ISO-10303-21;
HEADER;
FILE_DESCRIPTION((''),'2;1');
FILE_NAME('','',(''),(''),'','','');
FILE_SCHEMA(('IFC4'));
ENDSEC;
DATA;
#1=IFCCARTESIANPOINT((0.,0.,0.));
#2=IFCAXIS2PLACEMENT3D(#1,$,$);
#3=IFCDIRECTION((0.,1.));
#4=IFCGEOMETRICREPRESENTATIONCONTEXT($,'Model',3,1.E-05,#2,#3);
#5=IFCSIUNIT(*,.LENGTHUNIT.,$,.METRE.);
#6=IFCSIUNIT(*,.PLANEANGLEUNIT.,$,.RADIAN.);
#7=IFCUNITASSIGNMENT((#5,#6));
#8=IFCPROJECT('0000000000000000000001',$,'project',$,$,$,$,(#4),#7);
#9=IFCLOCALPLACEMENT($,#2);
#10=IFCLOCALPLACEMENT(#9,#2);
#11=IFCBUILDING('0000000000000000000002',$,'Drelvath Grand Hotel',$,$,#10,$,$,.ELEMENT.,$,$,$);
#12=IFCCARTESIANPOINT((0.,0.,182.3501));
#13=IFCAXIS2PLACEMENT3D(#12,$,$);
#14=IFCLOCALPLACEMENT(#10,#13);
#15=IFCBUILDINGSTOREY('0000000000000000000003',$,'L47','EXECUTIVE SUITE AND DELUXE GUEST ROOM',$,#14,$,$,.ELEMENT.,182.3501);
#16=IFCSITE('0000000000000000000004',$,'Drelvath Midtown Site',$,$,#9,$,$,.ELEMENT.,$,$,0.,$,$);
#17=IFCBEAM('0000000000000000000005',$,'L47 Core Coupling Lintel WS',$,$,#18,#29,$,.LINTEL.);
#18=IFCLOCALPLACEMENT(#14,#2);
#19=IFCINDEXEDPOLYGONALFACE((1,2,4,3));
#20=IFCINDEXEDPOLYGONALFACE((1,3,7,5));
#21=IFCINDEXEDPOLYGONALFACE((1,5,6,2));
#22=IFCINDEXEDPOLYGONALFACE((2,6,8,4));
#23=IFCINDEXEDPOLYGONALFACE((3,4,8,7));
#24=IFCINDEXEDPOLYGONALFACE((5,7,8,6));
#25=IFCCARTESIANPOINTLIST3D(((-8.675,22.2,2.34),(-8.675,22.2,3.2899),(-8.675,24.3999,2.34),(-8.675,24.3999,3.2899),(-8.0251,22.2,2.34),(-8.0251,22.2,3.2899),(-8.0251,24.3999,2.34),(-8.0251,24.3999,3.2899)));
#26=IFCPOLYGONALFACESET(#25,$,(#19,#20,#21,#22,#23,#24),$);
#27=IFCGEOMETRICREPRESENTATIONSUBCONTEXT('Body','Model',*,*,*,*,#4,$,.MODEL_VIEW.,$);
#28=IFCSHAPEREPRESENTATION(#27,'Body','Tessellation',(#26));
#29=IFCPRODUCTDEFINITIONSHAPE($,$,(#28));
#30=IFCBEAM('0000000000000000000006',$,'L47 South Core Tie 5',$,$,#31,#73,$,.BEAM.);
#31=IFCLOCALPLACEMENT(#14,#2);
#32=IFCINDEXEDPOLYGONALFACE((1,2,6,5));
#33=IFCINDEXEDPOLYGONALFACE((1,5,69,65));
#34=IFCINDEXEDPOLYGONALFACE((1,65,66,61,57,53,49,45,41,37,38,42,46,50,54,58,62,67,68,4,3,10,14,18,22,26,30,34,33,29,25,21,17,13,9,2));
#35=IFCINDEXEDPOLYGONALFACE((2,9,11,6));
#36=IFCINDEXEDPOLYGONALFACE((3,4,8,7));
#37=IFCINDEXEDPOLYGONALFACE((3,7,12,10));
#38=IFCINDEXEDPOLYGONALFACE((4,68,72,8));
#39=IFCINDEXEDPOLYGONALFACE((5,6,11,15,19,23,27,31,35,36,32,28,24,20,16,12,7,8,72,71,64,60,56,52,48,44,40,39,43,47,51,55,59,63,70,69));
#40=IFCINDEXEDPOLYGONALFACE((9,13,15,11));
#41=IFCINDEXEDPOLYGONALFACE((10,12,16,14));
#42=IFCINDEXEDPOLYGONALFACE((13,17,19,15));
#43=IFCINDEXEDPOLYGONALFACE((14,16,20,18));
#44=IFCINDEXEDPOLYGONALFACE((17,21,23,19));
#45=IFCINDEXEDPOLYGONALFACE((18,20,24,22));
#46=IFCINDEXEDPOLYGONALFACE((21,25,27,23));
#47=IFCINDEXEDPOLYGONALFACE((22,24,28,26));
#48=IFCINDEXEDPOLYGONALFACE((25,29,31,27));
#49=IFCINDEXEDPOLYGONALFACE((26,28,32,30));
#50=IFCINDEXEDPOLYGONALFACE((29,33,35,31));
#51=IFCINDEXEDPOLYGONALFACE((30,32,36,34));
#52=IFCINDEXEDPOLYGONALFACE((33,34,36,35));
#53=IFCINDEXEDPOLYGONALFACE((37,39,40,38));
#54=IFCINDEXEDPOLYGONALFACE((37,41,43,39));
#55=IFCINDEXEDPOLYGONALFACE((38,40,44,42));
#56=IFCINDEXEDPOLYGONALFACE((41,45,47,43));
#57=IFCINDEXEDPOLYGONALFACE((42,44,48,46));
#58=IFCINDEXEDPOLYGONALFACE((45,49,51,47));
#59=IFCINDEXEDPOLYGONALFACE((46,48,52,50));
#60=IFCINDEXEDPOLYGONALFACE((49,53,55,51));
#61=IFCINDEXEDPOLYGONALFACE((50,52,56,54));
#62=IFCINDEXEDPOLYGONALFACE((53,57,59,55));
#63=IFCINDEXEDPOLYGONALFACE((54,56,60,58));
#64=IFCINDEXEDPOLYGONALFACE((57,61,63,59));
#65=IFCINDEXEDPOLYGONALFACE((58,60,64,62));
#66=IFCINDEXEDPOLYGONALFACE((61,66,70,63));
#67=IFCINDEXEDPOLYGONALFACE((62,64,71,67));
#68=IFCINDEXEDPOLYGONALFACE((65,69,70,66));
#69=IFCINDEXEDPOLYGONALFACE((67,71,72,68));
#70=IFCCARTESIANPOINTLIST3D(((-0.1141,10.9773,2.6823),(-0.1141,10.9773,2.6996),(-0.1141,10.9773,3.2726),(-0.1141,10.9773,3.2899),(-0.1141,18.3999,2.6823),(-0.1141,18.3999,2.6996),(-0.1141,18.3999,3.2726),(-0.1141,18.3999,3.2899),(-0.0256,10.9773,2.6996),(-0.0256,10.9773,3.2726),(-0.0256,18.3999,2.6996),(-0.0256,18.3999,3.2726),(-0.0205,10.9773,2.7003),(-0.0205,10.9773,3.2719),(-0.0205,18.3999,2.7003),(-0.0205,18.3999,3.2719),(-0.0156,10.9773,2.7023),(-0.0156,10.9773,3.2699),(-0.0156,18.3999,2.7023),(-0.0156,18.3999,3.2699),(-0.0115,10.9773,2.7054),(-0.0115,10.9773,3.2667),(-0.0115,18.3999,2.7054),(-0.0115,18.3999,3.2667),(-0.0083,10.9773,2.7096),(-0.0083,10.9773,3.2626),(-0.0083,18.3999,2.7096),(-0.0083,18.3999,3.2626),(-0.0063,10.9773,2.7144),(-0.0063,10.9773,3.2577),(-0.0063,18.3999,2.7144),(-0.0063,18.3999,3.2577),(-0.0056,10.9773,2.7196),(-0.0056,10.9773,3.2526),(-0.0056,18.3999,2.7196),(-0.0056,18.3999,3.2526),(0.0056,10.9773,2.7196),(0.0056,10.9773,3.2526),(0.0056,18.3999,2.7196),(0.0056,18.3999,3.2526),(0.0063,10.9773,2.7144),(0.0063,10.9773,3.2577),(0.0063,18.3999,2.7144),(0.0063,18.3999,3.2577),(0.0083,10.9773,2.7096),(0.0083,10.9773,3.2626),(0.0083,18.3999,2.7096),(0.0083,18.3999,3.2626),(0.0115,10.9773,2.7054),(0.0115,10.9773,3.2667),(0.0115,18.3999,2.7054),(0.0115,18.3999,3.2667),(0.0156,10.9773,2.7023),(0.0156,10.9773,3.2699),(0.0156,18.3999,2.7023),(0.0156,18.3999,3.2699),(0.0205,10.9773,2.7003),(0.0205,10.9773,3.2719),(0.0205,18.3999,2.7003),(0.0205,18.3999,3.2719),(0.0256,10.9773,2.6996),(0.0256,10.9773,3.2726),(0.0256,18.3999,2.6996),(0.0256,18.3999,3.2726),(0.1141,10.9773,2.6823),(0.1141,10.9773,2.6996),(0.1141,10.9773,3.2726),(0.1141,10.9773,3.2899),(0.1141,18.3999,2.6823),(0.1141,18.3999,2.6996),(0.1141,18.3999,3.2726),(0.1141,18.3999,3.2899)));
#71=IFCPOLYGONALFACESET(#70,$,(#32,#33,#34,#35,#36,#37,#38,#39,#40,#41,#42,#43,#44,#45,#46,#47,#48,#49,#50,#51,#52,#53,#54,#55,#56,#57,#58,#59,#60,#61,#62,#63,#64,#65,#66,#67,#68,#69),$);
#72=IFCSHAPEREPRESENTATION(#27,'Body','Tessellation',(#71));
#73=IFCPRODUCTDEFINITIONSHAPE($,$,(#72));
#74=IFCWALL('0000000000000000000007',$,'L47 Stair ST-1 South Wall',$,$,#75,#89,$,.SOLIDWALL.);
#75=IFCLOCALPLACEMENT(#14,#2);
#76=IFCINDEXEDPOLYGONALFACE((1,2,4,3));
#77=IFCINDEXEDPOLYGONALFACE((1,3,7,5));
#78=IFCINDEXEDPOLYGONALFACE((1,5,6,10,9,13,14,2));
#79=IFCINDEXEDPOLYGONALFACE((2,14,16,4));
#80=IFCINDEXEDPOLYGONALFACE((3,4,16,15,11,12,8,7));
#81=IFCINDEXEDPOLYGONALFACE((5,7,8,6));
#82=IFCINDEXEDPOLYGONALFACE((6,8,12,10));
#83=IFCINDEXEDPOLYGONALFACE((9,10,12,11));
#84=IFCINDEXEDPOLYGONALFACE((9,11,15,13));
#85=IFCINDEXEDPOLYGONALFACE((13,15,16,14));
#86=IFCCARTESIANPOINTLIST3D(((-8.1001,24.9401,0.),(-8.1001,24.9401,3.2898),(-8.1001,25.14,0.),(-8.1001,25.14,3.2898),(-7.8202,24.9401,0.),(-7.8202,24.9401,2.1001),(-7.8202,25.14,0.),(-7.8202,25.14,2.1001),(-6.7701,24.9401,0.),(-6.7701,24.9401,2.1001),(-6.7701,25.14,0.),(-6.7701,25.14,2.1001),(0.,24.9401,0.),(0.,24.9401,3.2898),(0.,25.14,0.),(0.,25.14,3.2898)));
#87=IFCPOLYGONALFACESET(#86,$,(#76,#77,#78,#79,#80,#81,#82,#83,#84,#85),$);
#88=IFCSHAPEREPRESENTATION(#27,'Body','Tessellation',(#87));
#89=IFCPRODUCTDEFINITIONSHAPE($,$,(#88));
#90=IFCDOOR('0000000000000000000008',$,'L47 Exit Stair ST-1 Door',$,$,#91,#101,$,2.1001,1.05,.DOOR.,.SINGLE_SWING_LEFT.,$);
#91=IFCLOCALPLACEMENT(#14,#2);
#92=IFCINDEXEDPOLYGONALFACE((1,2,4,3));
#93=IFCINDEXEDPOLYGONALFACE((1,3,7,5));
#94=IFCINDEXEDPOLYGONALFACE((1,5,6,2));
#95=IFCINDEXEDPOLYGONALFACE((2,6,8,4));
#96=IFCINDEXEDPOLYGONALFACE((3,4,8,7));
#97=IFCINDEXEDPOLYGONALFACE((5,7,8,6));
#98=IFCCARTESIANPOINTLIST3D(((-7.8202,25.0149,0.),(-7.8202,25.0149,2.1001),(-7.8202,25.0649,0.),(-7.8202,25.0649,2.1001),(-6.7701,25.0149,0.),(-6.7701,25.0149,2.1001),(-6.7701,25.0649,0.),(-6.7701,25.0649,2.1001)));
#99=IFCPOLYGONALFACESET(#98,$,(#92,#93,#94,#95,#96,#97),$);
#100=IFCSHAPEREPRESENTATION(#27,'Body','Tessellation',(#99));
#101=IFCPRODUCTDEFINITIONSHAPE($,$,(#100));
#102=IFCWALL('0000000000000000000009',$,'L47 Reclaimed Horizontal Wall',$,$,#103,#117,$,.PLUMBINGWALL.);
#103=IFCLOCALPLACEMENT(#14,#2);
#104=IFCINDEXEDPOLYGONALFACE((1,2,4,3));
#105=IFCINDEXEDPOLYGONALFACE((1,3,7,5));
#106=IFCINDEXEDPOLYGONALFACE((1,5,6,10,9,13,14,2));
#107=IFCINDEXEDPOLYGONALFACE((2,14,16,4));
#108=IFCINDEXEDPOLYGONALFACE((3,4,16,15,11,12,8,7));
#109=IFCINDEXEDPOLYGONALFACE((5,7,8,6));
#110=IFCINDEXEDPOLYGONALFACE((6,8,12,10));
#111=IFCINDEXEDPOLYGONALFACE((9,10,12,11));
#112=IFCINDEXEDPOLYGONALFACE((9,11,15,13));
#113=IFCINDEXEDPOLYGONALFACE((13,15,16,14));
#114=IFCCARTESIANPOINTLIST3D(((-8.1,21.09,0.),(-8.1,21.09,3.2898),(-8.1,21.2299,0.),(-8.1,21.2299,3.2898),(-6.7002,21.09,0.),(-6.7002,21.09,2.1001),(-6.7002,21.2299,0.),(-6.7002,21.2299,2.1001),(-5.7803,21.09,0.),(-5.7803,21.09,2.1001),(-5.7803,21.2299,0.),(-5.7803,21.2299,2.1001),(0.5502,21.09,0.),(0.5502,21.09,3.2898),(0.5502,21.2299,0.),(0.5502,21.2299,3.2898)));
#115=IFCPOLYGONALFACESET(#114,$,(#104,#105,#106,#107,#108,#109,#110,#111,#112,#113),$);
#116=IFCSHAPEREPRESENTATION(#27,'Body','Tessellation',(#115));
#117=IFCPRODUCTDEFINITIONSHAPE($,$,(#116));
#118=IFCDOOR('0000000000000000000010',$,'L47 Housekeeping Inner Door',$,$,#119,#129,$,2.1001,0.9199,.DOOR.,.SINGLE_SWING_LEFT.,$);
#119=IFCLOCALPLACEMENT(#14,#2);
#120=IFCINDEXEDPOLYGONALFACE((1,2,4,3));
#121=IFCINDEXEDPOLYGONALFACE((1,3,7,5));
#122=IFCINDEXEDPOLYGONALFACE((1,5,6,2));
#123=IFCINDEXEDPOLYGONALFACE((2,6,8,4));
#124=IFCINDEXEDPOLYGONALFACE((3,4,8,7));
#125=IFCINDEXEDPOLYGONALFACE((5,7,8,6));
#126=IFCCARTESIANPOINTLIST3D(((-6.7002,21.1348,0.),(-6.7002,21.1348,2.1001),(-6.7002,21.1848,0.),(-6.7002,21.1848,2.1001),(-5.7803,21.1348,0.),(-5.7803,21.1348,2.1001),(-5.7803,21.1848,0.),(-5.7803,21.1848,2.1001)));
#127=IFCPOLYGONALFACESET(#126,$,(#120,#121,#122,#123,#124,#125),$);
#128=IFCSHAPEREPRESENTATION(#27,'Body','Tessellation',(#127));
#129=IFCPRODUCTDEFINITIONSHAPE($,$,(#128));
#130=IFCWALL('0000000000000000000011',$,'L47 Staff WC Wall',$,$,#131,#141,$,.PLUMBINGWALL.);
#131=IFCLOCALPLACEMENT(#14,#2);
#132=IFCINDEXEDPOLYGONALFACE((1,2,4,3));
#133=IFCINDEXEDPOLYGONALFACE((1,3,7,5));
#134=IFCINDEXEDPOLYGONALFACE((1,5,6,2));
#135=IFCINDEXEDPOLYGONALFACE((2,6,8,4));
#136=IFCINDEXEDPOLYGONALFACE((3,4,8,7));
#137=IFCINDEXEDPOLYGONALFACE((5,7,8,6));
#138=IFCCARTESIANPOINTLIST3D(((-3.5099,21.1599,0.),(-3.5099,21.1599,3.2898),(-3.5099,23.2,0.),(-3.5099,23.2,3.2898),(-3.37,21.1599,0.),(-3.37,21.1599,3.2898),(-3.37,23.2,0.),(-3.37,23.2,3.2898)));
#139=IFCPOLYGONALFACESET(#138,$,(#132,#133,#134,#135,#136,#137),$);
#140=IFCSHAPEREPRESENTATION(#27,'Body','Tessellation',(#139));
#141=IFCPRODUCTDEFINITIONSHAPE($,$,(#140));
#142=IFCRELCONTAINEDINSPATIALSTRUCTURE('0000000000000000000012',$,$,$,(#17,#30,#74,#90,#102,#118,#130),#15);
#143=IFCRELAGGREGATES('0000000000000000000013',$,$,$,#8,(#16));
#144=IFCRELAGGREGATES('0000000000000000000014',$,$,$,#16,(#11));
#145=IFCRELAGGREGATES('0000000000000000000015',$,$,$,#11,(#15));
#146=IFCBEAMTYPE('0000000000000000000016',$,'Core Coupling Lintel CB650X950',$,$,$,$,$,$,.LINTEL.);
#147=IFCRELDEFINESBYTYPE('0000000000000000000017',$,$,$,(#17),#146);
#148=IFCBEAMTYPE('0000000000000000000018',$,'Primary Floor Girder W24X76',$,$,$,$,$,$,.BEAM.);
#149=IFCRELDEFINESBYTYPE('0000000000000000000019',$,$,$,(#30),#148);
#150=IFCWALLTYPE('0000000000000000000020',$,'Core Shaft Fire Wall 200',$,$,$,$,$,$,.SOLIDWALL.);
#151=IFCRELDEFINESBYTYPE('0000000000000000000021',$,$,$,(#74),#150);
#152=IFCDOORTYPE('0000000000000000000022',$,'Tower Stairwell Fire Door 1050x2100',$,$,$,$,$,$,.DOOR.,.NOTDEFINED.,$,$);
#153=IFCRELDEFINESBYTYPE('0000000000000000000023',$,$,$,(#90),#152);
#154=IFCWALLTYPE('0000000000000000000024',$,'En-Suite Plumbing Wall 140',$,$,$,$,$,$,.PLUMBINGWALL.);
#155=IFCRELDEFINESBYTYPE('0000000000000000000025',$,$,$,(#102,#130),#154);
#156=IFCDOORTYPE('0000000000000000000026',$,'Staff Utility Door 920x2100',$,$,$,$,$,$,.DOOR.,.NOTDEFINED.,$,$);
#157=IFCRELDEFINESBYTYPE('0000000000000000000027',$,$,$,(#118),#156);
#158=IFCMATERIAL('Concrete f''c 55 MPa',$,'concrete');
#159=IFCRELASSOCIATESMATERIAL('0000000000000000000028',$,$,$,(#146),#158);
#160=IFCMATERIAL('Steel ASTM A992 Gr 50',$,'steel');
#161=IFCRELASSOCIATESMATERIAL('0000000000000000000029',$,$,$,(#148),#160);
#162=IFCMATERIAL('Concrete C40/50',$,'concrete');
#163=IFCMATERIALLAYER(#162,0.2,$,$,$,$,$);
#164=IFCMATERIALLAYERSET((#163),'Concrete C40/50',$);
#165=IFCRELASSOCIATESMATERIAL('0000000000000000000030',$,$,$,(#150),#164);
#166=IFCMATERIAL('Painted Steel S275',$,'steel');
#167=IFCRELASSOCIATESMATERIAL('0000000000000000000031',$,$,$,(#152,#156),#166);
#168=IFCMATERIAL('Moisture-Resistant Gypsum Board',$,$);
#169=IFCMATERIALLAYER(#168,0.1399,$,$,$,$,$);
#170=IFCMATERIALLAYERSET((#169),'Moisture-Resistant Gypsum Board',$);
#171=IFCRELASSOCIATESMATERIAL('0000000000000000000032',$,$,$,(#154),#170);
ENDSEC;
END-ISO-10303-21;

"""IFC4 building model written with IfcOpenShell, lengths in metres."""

from ifc_helpers import new_model, si_unit, direction, frame, frame_2d, origin, origin_2d, place, context, subcontext, project, spatial, rectangle, i_section, extrude, material, layer, layer_set, material_profile, profile_set, type_object, element, fill, save


model = new_model("IFC4")

# Units and contexts
model_context = context("Model", 3, precision=1e-05, world=origin(), true_north=direction((0.0, 1.0)))
body_context = subcontext(model_context, "Body", "Model", "MODEL_VIEW")
ifc_project = project(units=[si_unit("LENGTHUNIT", "METRE"), si_unit("PLANEANGLEUNIT", "RADIAN")], contexts=[model_context])

# Site, building, storey
site_placement = place(None, origin())
site = spatial("IfcSite", under=ifc_project, at=site_placement, Name="Drelvath Midtown Site", CompositionType="ELEMENT", RefElevation=0.0)
building_placement = place(site_placement, origin())
building = spatial("IfcBuilding", under=site, at=building_placement, Name="Drelvath Grand Hotel", CompositionType="ELEMENT")
storey_placement = place(building_placement, frame((0.0, 0.0, 182.3501)))
storey = spatial("IfcBuildingStorey", under=building, at=storey_placement, Name="L47", Description="EXECUTIVE SUITE AND DELUXE GUEST ROOM", CompositionType="ELEMENT", Elevation=182.3501)

# Beams
ifc_material_1 = material(Name="Concrete f'c 55 MPa", Category="concrete")
ifc_material_profile_1 = material_profile(ifc_material_1, rectangle(XDim=0.6499, YDim=0.95, at=origin_2d()), Name="CB650X950")
ifc_profile_set_1 = profile_set([ifc_material_profile_1], Name="Concrete f'c 55 MPa")
beam_type_1 = type_object("IfcBeamType", Name="Core Coupling Lintel CB650X950", PredefinedType="LINTEL", material=ifc_profile_set_1)
beam_1_placement = place(storey_placement, frame((-8.3501, 22.2, 2.8149), z_axis=(0.0, 1.0, 0.0), x_axis=(-1.0, 0.0, 0.0)))
element("IfcBeam", 1, at=beam_1_placement, inside=storey, type_object=beam_type_1, Name="L47 Core Coupling Lintel WS", PredefinedType="LINTEL", context=body_context, shape_type="SweptSolid", body=[
    extrude(rectangle(XDim=0.6499, YDim=0.95, at=origin_2d()), origin(), (0.0, 0.0, 1.0), 2.2),
])
ifc_material_2 = material(Name="Steel ASTM A992 Gr 50", Category="steel")
ifc_material_profile_2 = material_profile(ifc_material_2, i_section(OverallWidth=0.2283, OverallDepth=0.6077, WebThickness=0.0112, FlangeThickness=0.0173, FilletRadius=0.02, at=origin_2d()), Name="W24X76")
ifc_profile_set_2 = profile_set([ifc_material_profile_2], Name="Steel ASTM A992 Gr 50")
beam_type_2 = type_object("IfcBeamType", Name="Primary Floor Girder W24X76", PredefinedType="BEAM", material=ifc_profile_set_2)
beam_2_placement = place(storey_placement, frame((0.0, 10.9773, 2.9861), z_axis=(0.0, 1.0, 0.0), x_axis=(-1.0, 0.0, 0.0)))
element("IfcBeam", 2, at=beam_2_placement, inside=storey, type_object=beam_type_2, Name="L47 South Core Tie 5", PredefinedType="BEAM", context=body_context, shape_type="SweptSolid", body=[
    extrude(i_section(OverallWidth=0.2283, OverallDepth=0.6077, WebThickness=0.0112, FlangeThickness=0.0173, FilletRadius=0.02, at=origin_2d()), origin(), (0.0, 0.0, 1.0), 7.4226),
])

# Walls, openings, doors
ifc_material_3 = material(Name="Concrete C40/50", Category="concrete")
ifc_layer_1 = layer(ifc_material_3, 0.2)
ifc_layer_set_1 = layer_set([ifc_layer_1], Name="Concrete C40/50")
wall_type_1 = type_object("IfcWallType", Name="Core Shaft Fire Wall 200", PredefinedType="SOLIDWALL", material=ifc_layer_set_1)
wall_1_placement = place(storey_placement, frame((-8.1001, 25.04, 0.0), z_axis=(0.0, 0.0, 1.0), x_axis=(1.0, 0.0, 0.0)))
wall_1 = element("IfcWall", 3, at=wall_1_placement, inside=storey, type_object=wall_type_1, Name="L47 Stair ST-1 South Wall", PredefinedType="SOLIDWALL", context=body_context, shape_type="SweptSolid", body=[
    extrude(rectangle(XDim=8.1001, YDim=0.2, at=frame_2d((4.05, 0.0))), origin(), (0.0, 0.0, 1.0), 3.2898),
])
opening_1_placement = place(wall_1_placement, frame((0.28, 0.0, 0.0)))
opening_1 = element("IfcOpeningElement", 4, at=opening_1_placement, cuts=wall_1, PredefinedType="OPENING", context=body_context, shape_type="SweptSolid", body=[
    extrude(rectangle(XDim=1.05, YDim=2.1001, at=frame_2d((0.5249, 1.05))), frame((0.0, 0.1099, 0.0), z_axis=(0.0, -1.0, 0.0), x_axis=(1.0, 0.0, 0.0)), (0.0, 0.0, 1.0), 0.22),
])
ifc_material_4 = material(Name="Painted Steel S275", Category="steel")
door_type_1 = type_object("IfcDoorType", Name="Tower Stairwell Fire Door 1050x2100", OperationType="NOTDEFINED", PredefinedType="DOOR", material=ifc_material_4)
door_1_placement = place(opening_1_placement, origin())
door_1 = element("IfcDoor", 5, at=door_1_placement, inside=storey, type_object=door_type_1, Name="L47 Exit Stair ST-1 Door", OperationType="SINGLE_SWING_LEFT", OverallHeight=2.1001, OverallWidth=1.05, PredefinedType="DOOR", context=body_context, shape_type="SweptSolid", body=[
    extrude(rectangle(XDim=1.05, YDim=2.1001, at=frame_2d((0.5249, 1.05))), frame((0.0, 0.0249, 0.0), z_axis=(0.0, -1.0, 0.0), x_axis=(1.0, 0.0, 0.0)), (0.0, 0.0, 1.0), 0.05),
])
fill(opening_1, door_1)
ifc_material_5 = material(Name="Moisture-Resistant Gypsum Board")
ifc_layer_2 = layer(ifc_material_5, 0.1399)
ifc_layer_set_2 = layer_set([ifc_layer_2], Name="Moisture-Resistant Gypsum Board")
wall_type_2 = type_object("IfcWallType", Name="En-Suite Plumbing Wall 140", PredefinedType="PLUMBINGWALL", material=ifc_layer_set_2)
wall_2_placement = place(storey_placement, frame((-8.1001, 21.1599, 0.0), z_axis=(0.0, 0.0, 1.0), x_axis=(1.0, 0.0, 0.0)))
wall_2 = element("IfcWall", 6, at=wall_2_placement, inside=storey, type_object=wall_type_2, Name="L47 Reclaimed Horizontal Wall", PredefinedType="PLUMBINGWALL", context=body_context, shape_type="SweptSolid", body=[
    extrude(rectangle(XDim=8.6501, YDim=0.1399, at=frame_2d((4.3252, 0.0))), origin(), (0.0, 0.0, 1.0), 3.2898),
])
opening_2_placement = place(wall_2_placement, frame((1.3999, 0.0, 0.0)))
opening_2 = element("IfcOpeningElement", 7, at=opening_2_placement, cuts=wall_2, PredefinedType="OPENING", context=body_context, shape_type="SweptSolid", body=[
    extrude(rectangle(XDim=0.9199, YDim=2.1001, at=frame_2d((0.46, 1.05))), frame((0.0, 0.0798, 0.0), z_axis=(0.0, -1.0, 0.0), x_axis=(1.0, 0.0, 0.0)), (0.0, 0.0, 1.0), 0.1599),
])
door_type_2 = type_object("IfcDoorType", Name="Staff Utility Door 920x2100", OperationType="NOTDEFINED", PredefinedType="DOOR", material=ifc_material_4)
door_2_placement = place(opening_2_placement, origin())
door_2 = element("IfcDoor", 8, at=door_2_placement, inside=storey, type_object=door_type_2, Name="L47 Housekeeping Inner Door", OperationType="SINGLE_SWING_LEFT", OverallHeight=2.1001, OverallWidth=0.9199, PredefinedType="DOOR", context=body_context, shape_type="SweptSolid", body=[
    extrude(rectangle(XDim=0.9199, YDim=2.1001, at=frame_2d((0.46, 1.05))), frame((0.0, 0.0249, 0.0), z_axis=(0.0, -1.0, 0.0), x_axis=(1.0, 0.0, 0.0)), (0.0, 0.0, 1.0), 0.05),
])
fill(opening_2, door_2)

# Wall
wall_3_placement = place(storey_placement, frame((-3.4399, 21.1599, 0.0), z_axis=(0.0, 0.0, 1.0), x_axis=(0.0, 1.0, 0.0)))
element("IfcWall", 9, at=wall_3_placement, inside=storey, type_object=wall_type_2, Name="L47 Staff WC Wall", PredefinedType="PLUMBINGWALL", context=body_context, shape_type="SweptSolid", body=[
    extrude(rectangle(XDim=2.04, YDim=0.1399, at=frame_2d((1.02, 0.0))), origin(), (0.0, 0.0, 1.0), 3.2898),
])

save(model, "model.ifc")
